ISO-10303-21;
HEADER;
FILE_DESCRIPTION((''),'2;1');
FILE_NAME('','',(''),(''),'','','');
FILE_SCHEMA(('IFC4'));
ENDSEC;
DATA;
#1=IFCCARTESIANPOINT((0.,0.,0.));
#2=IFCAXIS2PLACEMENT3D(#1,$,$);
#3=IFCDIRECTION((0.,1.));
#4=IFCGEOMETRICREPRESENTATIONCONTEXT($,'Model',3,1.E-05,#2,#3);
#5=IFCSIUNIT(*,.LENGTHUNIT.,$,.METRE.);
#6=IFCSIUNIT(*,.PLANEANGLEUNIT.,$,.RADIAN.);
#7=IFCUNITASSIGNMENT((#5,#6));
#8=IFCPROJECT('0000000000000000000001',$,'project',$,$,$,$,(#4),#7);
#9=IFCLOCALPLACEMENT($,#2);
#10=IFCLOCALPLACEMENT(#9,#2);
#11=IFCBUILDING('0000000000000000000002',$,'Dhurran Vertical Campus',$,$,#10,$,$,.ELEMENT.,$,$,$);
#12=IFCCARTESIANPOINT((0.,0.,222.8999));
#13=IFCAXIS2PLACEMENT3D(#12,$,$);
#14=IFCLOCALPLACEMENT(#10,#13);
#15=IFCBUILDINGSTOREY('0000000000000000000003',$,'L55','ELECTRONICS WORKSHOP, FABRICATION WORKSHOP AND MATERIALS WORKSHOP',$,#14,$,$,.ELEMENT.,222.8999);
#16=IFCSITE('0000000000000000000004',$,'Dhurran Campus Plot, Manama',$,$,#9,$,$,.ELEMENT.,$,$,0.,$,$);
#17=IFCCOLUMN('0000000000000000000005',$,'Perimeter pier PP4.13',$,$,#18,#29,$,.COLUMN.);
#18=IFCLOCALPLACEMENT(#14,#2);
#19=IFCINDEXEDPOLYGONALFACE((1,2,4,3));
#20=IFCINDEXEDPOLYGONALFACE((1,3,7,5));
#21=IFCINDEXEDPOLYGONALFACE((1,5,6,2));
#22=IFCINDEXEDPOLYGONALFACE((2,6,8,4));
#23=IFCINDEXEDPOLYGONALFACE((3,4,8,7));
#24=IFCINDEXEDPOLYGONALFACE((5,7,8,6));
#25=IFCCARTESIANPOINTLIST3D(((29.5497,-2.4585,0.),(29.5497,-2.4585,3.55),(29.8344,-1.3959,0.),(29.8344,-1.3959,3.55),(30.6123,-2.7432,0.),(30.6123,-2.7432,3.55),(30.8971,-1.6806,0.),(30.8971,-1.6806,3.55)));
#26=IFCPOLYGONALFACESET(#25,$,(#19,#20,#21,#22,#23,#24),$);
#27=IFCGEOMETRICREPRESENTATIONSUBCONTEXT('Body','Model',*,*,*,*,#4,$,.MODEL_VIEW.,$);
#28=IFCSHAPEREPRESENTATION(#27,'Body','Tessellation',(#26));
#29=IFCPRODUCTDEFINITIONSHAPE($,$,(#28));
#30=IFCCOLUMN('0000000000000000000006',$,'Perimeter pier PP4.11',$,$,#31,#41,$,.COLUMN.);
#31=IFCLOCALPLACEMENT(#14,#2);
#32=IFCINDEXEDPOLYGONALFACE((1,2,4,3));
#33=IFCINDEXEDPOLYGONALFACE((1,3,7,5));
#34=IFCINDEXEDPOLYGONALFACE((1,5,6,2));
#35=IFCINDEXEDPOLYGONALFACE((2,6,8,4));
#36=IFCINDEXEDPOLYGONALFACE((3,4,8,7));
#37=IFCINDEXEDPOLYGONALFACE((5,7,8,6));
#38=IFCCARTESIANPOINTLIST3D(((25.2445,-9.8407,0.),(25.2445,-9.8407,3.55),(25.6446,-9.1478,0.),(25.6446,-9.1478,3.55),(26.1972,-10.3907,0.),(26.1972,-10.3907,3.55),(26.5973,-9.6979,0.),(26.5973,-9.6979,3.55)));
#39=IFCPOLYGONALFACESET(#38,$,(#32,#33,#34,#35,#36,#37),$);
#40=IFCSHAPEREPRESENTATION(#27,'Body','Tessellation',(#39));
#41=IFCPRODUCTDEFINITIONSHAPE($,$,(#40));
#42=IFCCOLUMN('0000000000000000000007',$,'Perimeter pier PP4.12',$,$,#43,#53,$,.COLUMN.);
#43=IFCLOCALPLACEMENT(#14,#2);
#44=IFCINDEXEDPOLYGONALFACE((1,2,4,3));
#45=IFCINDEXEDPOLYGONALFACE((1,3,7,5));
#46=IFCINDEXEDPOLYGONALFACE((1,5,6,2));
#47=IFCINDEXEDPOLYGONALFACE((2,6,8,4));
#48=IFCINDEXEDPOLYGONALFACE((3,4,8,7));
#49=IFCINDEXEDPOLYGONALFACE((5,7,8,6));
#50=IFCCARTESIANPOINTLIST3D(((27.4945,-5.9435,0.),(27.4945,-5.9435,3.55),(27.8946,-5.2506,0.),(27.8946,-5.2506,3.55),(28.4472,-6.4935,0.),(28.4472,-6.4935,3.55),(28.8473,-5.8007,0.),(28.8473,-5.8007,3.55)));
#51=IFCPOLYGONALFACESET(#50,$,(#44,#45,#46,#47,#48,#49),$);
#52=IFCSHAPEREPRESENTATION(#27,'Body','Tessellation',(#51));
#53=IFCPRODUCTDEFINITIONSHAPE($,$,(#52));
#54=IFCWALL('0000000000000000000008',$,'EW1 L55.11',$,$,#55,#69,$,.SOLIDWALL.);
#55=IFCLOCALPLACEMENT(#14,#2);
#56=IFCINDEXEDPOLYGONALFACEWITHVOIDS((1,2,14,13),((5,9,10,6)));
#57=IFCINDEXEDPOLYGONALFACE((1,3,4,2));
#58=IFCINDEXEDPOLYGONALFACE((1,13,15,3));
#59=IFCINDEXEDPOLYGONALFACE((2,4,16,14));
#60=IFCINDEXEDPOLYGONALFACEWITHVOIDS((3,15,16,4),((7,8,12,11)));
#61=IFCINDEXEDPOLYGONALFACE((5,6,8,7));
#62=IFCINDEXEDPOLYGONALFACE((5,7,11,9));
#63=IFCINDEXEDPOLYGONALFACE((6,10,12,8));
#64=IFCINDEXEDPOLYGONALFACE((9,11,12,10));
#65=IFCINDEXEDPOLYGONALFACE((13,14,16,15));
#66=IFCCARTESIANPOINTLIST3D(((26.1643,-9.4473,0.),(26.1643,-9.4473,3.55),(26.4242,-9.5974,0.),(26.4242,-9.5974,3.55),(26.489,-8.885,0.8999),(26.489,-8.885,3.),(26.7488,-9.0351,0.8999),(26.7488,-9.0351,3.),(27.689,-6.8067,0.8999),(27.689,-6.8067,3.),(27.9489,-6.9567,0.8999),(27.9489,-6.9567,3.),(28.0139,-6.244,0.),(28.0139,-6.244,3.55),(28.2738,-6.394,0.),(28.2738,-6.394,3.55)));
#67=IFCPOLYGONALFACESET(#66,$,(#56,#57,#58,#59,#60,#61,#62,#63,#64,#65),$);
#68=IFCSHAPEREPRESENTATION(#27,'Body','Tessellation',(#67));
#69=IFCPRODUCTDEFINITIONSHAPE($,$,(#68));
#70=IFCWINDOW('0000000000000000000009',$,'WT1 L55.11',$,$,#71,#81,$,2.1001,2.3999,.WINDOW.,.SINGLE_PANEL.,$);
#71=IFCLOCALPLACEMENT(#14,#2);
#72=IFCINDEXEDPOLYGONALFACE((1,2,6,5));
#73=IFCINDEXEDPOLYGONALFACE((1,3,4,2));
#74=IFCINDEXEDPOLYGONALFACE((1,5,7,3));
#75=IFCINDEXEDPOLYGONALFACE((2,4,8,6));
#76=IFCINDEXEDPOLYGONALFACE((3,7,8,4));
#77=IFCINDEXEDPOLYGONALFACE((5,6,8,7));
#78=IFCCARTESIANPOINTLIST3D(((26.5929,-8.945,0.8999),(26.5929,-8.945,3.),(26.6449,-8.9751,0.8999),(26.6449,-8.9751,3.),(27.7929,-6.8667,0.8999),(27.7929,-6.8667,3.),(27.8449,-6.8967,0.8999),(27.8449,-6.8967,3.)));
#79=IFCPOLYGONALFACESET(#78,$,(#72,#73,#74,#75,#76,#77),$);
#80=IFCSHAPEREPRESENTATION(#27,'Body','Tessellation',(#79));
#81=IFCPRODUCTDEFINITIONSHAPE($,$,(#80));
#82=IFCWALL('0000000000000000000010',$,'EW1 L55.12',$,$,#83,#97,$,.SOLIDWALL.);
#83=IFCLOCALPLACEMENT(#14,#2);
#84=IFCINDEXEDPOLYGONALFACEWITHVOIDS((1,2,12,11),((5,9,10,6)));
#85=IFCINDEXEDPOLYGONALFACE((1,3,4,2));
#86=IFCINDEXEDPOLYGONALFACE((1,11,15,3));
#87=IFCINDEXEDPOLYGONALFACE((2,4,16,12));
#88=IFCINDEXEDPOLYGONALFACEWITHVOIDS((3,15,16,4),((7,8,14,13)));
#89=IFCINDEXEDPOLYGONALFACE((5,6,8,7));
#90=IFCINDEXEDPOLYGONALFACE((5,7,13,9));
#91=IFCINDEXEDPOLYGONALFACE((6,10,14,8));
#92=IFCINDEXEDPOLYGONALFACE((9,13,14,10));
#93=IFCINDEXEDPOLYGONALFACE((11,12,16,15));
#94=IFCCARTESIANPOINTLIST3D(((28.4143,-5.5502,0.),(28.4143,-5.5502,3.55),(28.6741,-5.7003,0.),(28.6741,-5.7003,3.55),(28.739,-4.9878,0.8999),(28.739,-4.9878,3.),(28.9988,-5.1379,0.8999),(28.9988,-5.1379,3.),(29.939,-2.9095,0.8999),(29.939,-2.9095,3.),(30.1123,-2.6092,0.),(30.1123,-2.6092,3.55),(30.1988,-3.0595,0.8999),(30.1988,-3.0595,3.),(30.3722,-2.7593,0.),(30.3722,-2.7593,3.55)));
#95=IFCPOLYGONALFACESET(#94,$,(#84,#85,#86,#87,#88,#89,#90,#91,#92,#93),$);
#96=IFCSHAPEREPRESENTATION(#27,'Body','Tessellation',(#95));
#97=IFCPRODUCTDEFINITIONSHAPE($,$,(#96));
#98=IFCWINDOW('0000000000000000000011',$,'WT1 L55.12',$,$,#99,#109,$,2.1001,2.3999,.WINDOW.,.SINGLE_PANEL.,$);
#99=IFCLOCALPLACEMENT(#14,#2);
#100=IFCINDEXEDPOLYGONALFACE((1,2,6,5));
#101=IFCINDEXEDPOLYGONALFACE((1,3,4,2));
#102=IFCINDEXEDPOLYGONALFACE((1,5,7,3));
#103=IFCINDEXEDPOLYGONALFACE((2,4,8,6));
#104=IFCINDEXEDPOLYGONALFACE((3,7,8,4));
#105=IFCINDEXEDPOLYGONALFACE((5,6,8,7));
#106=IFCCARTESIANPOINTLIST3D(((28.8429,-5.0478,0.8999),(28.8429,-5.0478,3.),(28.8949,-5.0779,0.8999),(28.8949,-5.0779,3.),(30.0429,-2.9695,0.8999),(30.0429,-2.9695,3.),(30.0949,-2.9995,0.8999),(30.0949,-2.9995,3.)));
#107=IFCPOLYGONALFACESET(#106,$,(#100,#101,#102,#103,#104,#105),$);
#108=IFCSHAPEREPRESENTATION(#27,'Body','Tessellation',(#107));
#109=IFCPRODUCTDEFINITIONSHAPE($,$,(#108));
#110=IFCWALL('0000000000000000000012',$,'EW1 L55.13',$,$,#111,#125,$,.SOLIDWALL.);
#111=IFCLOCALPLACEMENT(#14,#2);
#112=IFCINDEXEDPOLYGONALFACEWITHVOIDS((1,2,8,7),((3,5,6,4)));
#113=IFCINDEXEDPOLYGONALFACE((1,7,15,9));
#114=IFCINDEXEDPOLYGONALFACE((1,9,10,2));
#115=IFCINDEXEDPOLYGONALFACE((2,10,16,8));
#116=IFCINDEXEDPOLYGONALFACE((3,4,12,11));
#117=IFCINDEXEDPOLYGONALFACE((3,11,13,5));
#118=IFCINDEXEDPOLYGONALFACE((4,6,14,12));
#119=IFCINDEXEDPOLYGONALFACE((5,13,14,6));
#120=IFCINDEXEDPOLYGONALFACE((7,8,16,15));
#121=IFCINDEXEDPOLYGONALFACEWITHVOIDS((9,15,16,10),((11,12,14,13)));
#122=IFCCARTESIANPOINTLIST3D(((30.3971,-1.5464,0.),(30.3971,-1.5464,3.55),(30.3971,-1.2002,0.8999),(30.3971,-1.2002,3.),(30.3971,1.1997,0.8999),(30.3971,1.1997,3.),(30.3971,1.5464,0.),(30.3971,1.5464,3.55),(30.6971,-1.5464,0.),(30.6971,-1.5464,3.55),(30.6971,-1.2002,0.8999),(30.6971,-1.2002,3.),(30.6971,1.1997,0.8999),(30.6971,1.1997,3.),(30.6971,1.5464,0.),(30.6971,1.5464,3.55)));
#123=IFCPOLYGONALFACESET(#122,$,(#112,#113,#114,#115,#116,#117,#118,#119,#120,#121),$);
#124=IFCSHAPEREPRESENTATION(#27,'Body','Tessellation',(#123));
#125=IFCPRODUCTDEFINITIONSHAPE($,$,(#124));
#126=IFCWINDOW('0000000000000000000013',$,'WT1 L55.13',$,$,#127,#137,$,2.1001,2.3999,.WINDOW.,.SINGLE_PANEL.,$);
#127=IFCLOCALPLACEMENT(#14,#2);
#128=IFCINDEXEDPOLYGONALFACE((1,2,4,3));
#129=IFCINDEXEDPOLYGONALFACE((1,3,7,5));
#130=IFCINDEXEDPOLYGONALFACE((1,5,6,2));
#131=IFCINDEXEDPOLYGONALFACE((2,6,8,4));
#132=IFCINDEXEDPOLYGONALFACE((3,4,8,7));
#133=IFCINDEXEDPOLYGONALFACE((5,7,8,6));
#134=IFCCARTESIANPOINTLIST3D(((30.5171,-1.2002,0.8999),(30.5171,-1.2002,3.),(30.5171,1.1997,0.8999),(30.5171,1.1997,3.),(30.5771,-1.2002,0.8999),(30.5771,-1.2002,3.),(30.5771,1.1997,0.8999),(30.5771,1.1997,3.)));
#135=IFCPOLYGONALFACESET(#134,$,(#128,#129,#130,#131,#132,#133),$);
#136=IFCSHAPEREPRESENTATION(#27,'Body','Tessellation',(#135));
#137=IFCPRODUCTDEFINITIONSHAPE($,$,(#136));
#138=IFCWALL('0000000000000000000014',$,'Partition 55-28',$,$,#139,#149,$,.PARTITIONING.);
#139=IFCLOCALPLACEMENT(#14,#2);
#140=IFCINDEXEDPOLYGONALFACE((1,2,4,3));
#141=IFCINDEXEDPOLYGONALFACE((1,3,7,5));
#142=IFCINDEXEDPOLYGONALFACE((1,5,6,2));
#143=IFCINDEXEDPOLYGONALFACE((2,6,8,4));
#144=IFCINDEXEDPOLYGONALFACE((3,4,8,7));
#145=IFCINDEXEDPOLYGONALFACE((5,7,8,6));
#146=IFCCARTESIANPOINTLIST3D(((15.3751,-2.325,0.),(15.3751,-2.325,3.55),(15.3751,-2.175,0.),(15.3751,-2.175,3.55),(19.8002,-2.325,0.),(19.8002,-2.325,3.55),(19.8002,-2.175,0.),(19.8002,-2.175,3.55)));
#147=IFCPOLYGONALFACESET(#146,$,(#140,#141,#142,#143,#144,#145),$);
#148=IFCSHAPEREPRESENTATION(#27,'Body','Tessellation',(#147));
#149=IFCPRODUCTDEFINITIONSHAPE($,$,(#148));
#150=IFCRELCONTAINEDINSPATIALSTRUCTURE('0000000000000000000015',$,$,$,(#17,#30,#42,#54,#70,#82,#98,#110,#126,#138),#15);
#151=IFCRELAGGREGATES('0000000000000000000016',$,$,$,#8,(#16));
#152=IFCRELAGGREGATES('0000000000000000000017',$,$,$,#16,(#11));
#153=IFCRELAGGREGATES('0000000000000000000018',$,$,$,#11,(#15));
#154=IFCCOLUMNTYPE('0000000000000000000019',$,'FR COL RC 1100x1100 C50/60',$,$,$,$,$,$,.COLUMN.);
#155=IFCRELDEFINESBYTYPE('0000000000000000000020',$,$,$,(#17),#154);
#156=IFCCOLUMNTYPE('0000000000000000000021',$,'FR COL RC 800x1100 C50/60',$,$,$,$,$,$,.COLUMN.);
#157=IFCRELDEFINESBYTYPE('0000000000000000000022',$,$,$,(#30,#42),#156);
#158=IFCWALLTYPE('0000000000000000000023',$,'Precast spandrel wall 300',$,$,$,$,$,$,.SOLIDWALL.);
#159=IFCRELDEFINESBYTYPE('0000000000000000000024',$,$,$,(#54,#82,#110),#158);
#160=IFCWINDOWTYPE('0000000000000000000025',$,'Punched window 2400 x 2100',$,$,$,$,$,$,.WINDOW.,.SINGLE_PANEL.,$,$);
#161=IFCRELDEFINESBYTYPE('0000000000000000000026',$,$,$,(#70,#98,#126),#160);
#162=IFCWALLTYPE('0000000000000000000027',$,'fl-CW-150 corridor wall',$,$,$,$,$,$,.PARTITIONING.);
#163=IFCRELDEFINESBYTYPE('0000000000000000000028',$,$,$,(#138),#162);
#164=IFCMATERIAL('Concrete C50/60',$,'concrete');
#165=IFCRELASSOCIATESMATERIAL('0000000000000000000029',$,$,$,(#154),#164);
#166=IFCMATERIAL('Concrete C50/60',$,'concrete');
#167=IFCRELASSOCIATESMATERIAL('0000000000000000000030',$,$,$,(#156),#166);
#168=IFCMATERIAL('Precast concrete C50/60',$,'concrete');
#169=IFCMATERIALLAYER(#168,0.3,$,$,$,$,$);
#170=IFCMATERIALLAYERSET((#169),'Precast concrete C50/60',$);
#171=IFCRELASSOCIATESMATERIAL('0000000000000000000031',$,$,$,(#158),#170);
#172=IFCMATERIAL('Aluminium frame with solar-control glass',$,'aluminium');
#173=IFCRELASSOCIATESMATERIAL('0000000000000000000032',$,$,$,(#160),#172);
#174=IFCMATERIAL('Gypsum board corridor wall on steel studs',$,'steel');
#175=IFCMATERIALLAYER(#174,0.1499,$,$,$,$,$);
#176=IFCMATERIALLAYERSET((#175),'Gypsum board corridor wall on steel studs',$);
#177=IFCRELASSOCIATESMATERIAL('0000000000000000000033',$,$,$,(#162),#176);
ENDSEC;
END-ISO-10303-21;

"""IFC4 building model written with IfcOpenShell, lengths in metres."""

from ifc_helpers import new_model, si_unit, direction, frame, frame_2d, origin, origin_2d, place, context, subcontext, project, spatial, rectangle, extrude, material, layer, layer_set, material_profile, profile_set, type_object, element, fill, save


model = new_model("IFC4")

# Units and contexts
model_context = context("Model", 3, precision=1e-05, world=origin(), true_north=direction((0.0, 1.0)))
body_context = subcontext(model_context, "Body", "Model", "MODEL_VIEW")
ifc_project = project(units=[si_unit("LENGTHUNIT", "METRE"), si_unit("PLANEANGLEUNIT", "RADIAN")], contexts=[model_context])

# Site, building, storey
site_placement = place(None, origin())
site = spatial("IfcSite", under=ifc_project, at=site_placement, Name="Dhurran Campus Plot, Manama", CompositionType="ELEMENT", RefElevation=0.0)
building_placement = place(site_placement, origin())
building = spatial("IfcBuilding", under=site, at=building_placement, Name="Dhurran Vertical Campus", CompositionType="ELEMENT")
storey_placement = place(building_placement, frame((0.0, 0.0, 222.8999)))
storey = spatial("IfcBuildingStorey", under=building, at=storey_placement, Name="L55", Description="ELECTRONICS WORKSHOP, FABRICATION WORKSHOP AND MATERIALS WORKSHOP", CompositionType="ELEMENT", Elevation=222.8999)

# Columns
ifc_material_1 = material(Name="Concrete C50/60", Category="concrete")
ifc_material_profile_1 = material_profile(ifc_material_1, rectangle(XDim=1.1001, YDim=1.1001, at=origin_2d()), Name="RC 1100x1100")
ifc_profile_set_1 = profile_set([ifc_material_profile_1], Name="Concrete C50/60")
column_type_1 = type_object("IfcColumnType", Name="FR COL RC 1100x1100 C50/60", PredefinedType="COLUMN", material=ifc_profile_set_1)
column_placement = place(storey_placement, frame((30.2234, -2.0696, 0.0), z_axis=(0.0, 0.0, 1.0), x_axis=(0.258819, 0.965926, 0.0)))
element("IfcColumn", 1, at=column_placement, inside=storey, type_object=column_type_1, Name="Perimeter pier PP4.13", PredefinedType="COLUMN", context=body_context, shape_type="SweptSolid", body=[
    extrude(rectangle(XDim=1.1001, YDim=1.1001, at=origin_2d()), origin(), (0.0, 0.0, 1.0), 3.55),
])
ifc_material_2 = material(Name="Concrete C50/60", Category="concrete")
ifc_material_profile_2 = material_profile(ifc_material_2, rectangle(XDim=0.8, YDim=1.1001, at=origin_2d()), Name="RC 800x1100")
ifc_profile_set_2 = profile_set([ifc_material_profile_2], Name="Concrete C50/60")
column_type_2 = type_object("IfcColumnType", Name="FR COL RC 800x1100 C50/60", PredefinedType="COLUMN", material=ifc_profile_set_2)
for number, where, z_axis, x_axis, name in (
    (2, (25.9209, -9.7693, 0.0), (0.0, 0.0, 1.0), (0.5, 0.866025, 0.0), "Perimeter pier PP4.11"),
    (3, (28.1709, -5.8721, 0.0), (0.0, 0.0, 1.0), (0.5, 0.866025, 0.0), "Perimeter pier PP4.12"),
):
    element("IfcColumn", number, at=place(storey_placement, frame(where, z_axis=z_axis, x_axis=x_axis)), inside=storey, type_object=column_type_2, Name=name, PredefinedType="COLUMN", context=body_context, shape_type="SweptSolid", body=[
        extrude(rectangle(XDim=0.8, YDim=1.1001, at=origin_2d()), origin(), (0.0, 0.0, 1.0), 3.55),
    ])

# Walls, openings, windows
ifc_material_3 = material(Name="Precast concrete C50/60", Category="concrete")
ifc_layer_1 = layer(ifc_material_3, 0.3)
ifc_layer_set_1 = layer_set([ifc_layer_1], Name="Precast concrete C50/60")
wall_type_1 = type_object("IfcWallType", Name="Precast spandrel wall 300", PredefinedType="SOLIDWALL", material=ifc_layer_set_1)
wall_1_placement = place(storey_placement, frame((26.2942, -9.5225, 0.0), z_axis=(0.0, 0.0, 1.0), x_axis=(0.500029, 0.866009, 0.0)))
wall_1 = element("IfcWall", 4, at=wall_1_placement, inside=storey, type_object=wall_type_1, Name="EW1 L55.11", PredefinedType="SOLIDWALL", context=body_context, shape_type="SweptSolid", body=[
    extrude(rectangle(XDim=3.699, YDim=0.3, at=frame_2d((1.8496, 0.0))), origin(), (0.0, 0.0, 1.0), 3.55),
])
opening_1_placement = place(wall_1_placement, frame((0.6494, 0.0, 0.8999)))
opening_1 = element("IfcOpeningElement", 5, at=opening_1_placement, cuts=wall_1, PredefinedType="OPENING", context=body_context, shape_type="SweptSolid", body=[
    extrude(rectangle(XDim=2.3999, YDim=2.1001, at=frame_2d((1.2, 1.05))), frame((0.0, 0.1599, 0.0), z_axis=(0.0, -1.0, 0.0), x_axis=(1.0, 0.0, 0.0)), (0.0, 0.0, 1.0), 0.3201),
])
ifc_material_4 = material(Name="Aluminium frame with solar-control glass", Category="aluminium")
window_type = type_object("IfcWindowType", Name="Punched window 2400 x 2100", PartitioningType="SINGLE_PANEL", PredefinedType="WINDOW", material=ifc_material_4)
window_1_placement = place(opening_1_placement, origin())
window_1 = element("IfcWindow", 6, at=window_1_placement, inside=storey, type_object=window_type, Name="WT1 L55.11", OverallHeight=2.1001, OverallWidth=2.3999, PartitioningType="SINGLE_PANEL", PredefinedType="WINDOW", context=body_context, shape_type="SweptSolid", body=[
    extrude(rectangle(XDim=2.3999, YDim=2.1001, at=frame_2d((1.2, 1.05))), frame((0.0, 0.03, 0.0), z_axis=(0.0, -1.0, 0.0), x_axis=(1.0, 0.0, 0.0)), (0.0, 0.0, 1.0), 0.0601),
])
fill(opening_1, window_1)
wall_2_placement = place(storey_placement, frame((28.5442, -5.6252, 0.0), z_axis=(0.0, 0.0, 1.0), x_axis=(0.500013, 0.866018, 0.0)))
wall_2 = element("IfcWall", 7, at=wall_2_placement, inside=storey, type_object=wall_type_1, Name="EW1 L55.12", PredefinedType="SOLIDWALL", context=body_context, shape_type="SweptSolid", body=[
    extrude(rectangle(XDim=3.396, YDim=0.3, at=frame_2d((1.698, 0.0))), origin(), (0.0, 0.0, 1.0), 3.55),
])
opening_2_placement = place(wall_2_placement, frame((0.6494, 0.0, 0.8999)))
opening_2 = element("IfcOpeningElement", 8, at=opening_2_placement, cuts=wall_2, PredefinedType="OPENING", context=body_context, shape_type="SweptSolid", body=[
    extrude(rectangle(XDim=2.3999, YDim=2.1001, at=frame_2d((1.2, 1.05))), frame((0.0, 0.1599, 0.0), z_axis=(0.0, -1.0, 0.0), x_axis=(1.0, 0.0, 0.0)), (0.0, 0.0, 1.0), 0.3201),
])
window_2_placement = place(opening_2_placement, origin())
window_2 = element("IfcWindow", 9, at=window_2_placement, inside=storey, type_object=window_type, Name="WT1 L55.12", OverallHeight=2.1001, OverallWidth=2.3999, PartitioningType="SINGLE_PANEL", PredefinedType="WINDOW", context=body_context, shape_type="SweptSolid", body=[
    extrude(rectangle(XDim=2.3999, YDim=2.1001, at=frame_2d((1.2, 1.05))), frame((0.0, 0.03, 0.0), z_axis=(0.0, -1.0, 0.0), x_axis=(1.0, 0.0, 0.0)), (0.0, 0.0, 1.0), 0.0601),
])
fill(opening_2, window_2)
wall_3_placement = place(storey_placement, frame((30.5471, -1.5464, 0.0), z_axis=(0.0, 0.0, 1.0), x_axis=(0.0, 1.0, 0.0)))
wall_3 = element("IfcWall", 10, at=wall_3_placement, inside=storey, type_object=wall_type_1, Name="EW1 L55.13", PredefinedType="SOLIDWALL", context=body_context, shape_type="SweptSolid", body=[
    extrude(rectangle(XDim=3.0928, YDim=0.3, at=frame_2d((1.5464, 0.0))), origin(), (0.0, 0.0, 1.0), 3.55),
])
opening_3_placement = place(wall_3_placement, frame((0.3462, 0.0, 0.8999)))
opening_3 = element("IfcOpeningElement", 11, at=opening_3_placement, cuts=wall_3, PredefinedType="OPENING", context=body_context, shape_type="SweptSolid", body=[
    extrude(rectangle(XDim=2.3999, YDim=2.1001, at=frame_2d((1.2, 1.05))), frame((0.0, 0.1599, 0.0), z_axis=(0.0, -1.0, 0.0), x_axis=(1.0, 0.0, 0.0)), (0.0, 0.0, 1.0), 0.3201),
])
window_3_placement = place(opening_3_placement, origin())
window_3 = element("IfcWindow", 12, at=window_3_placement, inside=storey, type_object=window_type, Name="WT1 L55.13", OverallHeight=2.1001, OverallWidth=2.3999, PartitioningType="SINGLE_PANEL", PredefinedType="WINDOW", context=body_context, shape_type="SweptSolid", body=[
    extrude(rectangle(XDim=2.3999, YDim=2.1001, at=frame_2d((1.2, 1.05))), frame((0.0, 0.03, 0.0), z_axis=(0.0, -1.0, 0.0), x_axis=(1.0, 0.0, 0.0)), (0.0, 0.0, 1.0), 0.0601),
])
fill(opening_3, window_3)

# Wall
ifc_material_5 = material(Name="Gypsum board corridor wall on steel studs", Category="steel")
ifc_layer_2 = layer(ifc_material_5, 0.1499)
ifc_layer_set_2 = layer_set([ifc_layer_2], Name="Gypsum board corridor wall on steel studs")
wall_type_2 = type_object("IfcWallType", Name="fl-CW-150 corridor wall", PredefinedType="PARTITIONING", material=ifc_layer_set_2)
wall_4_placement = place(storey_placement, frame((19.8, -2.25, 0.0), z_axis=(0.0, 0.0, 1.0), x_axis=(-1.0, 0.0, 0.0)))
element("IfcWall", 13, at=wall_4_placement, inside=storey, type_object=wall_type_2, Name="Partition 55-28", PredefinedType="PARTITIONING", context=body_context, shape_type="SweptSolid", body=[
    extrude(rectangle(XDim=4.425, YDim=0.1499, at=frame_2d((2.2124, 0.0))), origin(), (0.0, 0.0, 1.0), 3.55),
])

save(model, "model.ifc")
